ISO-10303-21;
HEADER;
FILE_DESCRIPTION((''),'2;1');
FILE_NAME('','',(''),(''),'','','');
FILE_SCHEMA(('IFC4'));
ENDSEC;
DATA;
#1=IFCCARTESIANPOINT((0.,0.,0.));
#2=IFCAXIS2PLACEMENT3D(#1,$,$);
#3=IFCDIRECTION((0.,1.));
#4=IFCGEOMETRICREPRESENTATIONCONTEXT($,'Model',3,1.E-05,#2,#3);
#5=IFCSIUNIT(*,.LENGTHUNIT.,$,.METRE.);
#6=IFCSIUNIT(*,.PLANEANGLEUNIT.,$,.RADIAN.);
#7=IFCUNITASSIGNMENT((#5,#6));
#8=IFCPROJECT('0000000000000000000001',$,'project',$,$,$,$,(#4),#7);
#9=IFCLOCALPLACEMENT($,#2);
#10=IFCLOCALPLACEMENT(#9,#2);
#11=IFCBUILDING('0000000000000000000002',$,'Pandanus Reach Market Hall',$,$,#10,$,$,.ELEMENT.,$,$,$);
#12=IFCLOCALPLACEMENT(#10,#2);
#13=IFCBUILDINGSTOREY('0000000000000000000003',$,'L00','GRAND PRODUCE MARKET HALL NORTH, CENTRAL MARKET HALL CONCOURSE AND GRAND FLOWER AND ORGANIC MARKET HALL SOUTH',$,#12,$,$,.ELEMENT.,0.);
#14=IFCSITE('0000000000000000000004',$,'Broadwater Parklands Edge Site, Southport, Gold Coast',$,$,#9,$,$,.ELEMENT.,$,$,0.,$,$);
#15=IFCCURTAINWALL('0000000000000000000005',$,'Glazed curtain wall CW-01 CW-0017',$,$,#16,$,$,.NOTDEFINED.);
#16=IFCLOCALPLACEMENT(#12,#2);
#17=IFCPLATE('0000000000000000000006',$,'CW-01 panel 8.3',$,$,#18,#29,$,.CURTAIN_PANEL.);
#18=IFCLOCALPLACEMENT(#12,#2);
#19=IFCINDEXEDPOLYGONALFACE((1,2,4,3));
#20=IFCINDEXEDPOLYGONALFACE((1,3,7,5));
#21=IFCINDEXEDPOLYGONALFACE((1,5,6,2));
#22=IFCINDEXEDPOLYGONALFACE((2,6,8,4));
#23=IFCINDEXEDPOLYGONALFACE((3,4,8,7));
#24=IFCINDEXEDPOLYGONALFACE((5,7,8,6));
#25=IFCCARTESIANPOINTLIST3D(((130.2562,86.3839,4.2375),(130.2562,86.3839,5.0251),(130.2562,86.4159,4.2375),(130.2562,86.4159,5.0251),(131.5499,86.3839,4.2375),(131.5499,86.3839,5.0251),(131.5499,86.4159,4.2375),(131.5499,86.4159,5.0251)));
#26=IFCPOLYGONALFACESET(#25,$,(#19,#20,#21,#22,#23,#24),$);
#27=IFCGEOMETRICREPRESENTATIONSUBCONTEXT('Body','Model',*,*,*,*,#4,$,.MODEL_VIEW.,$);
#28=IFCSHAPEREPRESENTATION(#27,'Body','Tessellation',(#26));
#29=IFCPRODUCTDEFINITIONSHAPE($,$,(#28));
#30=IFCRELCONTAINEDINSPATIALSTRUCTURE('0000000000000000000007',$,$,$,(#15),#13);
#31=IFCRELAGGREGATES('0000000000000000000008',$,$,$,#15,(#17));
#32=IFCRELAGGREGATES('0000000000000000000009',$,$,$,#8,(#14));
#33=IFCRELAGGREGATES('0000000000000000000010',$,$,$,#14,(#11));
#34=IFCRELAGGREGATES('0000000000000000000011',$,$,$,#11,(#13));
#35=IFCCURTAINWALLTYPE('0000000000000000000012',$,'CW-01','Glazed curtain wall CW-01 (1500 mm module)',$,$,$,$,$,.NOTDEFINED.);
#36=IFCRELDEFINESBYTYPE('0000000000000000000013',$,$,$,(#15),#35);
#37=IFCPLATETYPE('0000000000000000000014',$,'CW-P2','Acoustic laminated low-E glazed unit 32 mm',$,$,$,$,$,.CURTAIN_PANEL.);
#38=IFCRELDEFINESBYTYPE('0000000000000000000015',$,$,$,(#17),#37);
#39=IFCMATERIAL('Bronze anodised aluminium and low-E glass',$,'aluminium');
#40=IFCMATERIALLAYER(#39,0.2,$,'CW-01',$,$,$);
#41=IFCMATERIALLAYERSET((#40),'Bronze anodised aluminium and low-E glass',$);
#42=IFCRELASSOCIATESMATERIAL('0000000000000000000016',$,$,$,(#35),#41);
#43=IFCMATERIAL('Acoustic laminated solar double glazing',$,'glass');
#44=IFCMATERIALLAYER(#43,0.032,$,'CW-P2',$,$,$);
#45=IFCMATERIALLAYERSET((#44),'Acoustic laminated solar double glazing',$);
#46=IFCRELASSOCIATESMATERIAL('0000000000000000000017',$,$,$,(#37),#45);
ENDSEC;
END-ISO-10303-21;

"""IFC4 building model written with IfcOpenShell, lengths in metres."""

from ifc_helpers import new_model, si_unit, direction, frame, origin, origin_2d, place, context, subcontext, project, spatial, rectangle, extrude, material, layer, layer_set, type_object, element, aggregate, save


model = new_model("IFC4")

# Units and contexts
model_context = context("Model", 3, precision=1e-05, world=origin(), true_north=direction((0.0, 1.0)))
body_context = subcontext(model_context, "Body", "Model", "MODEL_VIEW")
ifc_project = project(units=[si_unit("LENGTHUNIT", "METRE"), si_unit("PLANEANGLEUNIT", "RADIAN")], contexts=[model_context])

# Site, building, storey
site_placement = place(None, origin())
site = spatial("IfcSite", under=ifc_project, at=site_placement, Name="Broadwater Parklands Edge Site, Southport, Gold Coast", CompositionType="ELEMENT", RefElevation=0.0)
building_placement = place(site_placement, origin())
building = spatial("IfcBuilding", under=site, at=building_placement, Name="Pandanus Reach Market Hall", CompositionType="ELEMENT")
storey_placement = place(building_placement, origin())
storey = spatial("IfcBuildingStorey", under=building, at=storey_placement, Name="L00", Description="GRAND PRODUCE MARKET HALL NORTH, CENTRAL MARKET HALL CONCOURSE AND GRAND FLOWER AND ORGANIC MARKET HALL SOUTH", CompositionType="ELEMENT", Elevation=0.0)

# Curtain wall, plate
ifc_material_1 = material(Name="Bronze anodised aluminium and low-E glass", Category="aluminium")
ifc_layer_1 = layer(ifc_material_1, 0.2, Name="CW-01")
ifc_layer_set_1 = layer_set([ifc_layer_1], Name="Bronze anodised aluminium and low-E glass")
curtain_wall_type = type_object("IfcCurtainWallType", Name="CW-01", Description="Glazed curtain wall CW-01 (1500 mm module)", PredefinedType="NOTDEFINED", material=ifc_layer_set_1)
curtain_wall_placement = place(storey_placement, origin())
curtain_wall = element("IfcCurtainWall", 1, at=curtain_wall_placement, inside=storey, type_object=curtain_wall_type, Name="Glazed curtain wall CW-01 CW-0017", PredefinedType="NOTDEFINED")
ifc_material_2 = material(Name="Acoustic laminated solar double glazing", Category="glass")
ifc_layer_2 = layer(ifc_material_2, 0.032, Name="CW-P2")
ifc_layer_set_2 = layer_set([ifc_layer_2], Name="Acoustic laminated solar double glazing")
plate_type = type_object("IfcPlateType", Name="CW-P2", Description="Acoustic laminated low-E glazed unit 32 mm", PredefinedType="CURTAIN_PANEL", material=ifc_layer_set_2)
plate_1_placement = place(storey_placement, frame((130.9031, 86.3999, 4.2375), z_axis=(0.0, 0.0, 1.0), x_axis=(1.0, 0.0, 0.0)))
plate_1 = element("IfcPlate", 2, at=plate_1_placement, type_object=plate_type, Name="CW-01 panel 8.3", PredefinedType="CURTAIN_PANEL", context=body_context, shape_type="SweptSolid", body=[
    extrude(rectangle(XDim=1.2937, YDim=0.032, at=origin_2d()), origin(), (0.0, 0.0, 1.0), 0.7876),
])
aggregate(curtain_wall, [plate_1])

save(model, "model.ifc")
